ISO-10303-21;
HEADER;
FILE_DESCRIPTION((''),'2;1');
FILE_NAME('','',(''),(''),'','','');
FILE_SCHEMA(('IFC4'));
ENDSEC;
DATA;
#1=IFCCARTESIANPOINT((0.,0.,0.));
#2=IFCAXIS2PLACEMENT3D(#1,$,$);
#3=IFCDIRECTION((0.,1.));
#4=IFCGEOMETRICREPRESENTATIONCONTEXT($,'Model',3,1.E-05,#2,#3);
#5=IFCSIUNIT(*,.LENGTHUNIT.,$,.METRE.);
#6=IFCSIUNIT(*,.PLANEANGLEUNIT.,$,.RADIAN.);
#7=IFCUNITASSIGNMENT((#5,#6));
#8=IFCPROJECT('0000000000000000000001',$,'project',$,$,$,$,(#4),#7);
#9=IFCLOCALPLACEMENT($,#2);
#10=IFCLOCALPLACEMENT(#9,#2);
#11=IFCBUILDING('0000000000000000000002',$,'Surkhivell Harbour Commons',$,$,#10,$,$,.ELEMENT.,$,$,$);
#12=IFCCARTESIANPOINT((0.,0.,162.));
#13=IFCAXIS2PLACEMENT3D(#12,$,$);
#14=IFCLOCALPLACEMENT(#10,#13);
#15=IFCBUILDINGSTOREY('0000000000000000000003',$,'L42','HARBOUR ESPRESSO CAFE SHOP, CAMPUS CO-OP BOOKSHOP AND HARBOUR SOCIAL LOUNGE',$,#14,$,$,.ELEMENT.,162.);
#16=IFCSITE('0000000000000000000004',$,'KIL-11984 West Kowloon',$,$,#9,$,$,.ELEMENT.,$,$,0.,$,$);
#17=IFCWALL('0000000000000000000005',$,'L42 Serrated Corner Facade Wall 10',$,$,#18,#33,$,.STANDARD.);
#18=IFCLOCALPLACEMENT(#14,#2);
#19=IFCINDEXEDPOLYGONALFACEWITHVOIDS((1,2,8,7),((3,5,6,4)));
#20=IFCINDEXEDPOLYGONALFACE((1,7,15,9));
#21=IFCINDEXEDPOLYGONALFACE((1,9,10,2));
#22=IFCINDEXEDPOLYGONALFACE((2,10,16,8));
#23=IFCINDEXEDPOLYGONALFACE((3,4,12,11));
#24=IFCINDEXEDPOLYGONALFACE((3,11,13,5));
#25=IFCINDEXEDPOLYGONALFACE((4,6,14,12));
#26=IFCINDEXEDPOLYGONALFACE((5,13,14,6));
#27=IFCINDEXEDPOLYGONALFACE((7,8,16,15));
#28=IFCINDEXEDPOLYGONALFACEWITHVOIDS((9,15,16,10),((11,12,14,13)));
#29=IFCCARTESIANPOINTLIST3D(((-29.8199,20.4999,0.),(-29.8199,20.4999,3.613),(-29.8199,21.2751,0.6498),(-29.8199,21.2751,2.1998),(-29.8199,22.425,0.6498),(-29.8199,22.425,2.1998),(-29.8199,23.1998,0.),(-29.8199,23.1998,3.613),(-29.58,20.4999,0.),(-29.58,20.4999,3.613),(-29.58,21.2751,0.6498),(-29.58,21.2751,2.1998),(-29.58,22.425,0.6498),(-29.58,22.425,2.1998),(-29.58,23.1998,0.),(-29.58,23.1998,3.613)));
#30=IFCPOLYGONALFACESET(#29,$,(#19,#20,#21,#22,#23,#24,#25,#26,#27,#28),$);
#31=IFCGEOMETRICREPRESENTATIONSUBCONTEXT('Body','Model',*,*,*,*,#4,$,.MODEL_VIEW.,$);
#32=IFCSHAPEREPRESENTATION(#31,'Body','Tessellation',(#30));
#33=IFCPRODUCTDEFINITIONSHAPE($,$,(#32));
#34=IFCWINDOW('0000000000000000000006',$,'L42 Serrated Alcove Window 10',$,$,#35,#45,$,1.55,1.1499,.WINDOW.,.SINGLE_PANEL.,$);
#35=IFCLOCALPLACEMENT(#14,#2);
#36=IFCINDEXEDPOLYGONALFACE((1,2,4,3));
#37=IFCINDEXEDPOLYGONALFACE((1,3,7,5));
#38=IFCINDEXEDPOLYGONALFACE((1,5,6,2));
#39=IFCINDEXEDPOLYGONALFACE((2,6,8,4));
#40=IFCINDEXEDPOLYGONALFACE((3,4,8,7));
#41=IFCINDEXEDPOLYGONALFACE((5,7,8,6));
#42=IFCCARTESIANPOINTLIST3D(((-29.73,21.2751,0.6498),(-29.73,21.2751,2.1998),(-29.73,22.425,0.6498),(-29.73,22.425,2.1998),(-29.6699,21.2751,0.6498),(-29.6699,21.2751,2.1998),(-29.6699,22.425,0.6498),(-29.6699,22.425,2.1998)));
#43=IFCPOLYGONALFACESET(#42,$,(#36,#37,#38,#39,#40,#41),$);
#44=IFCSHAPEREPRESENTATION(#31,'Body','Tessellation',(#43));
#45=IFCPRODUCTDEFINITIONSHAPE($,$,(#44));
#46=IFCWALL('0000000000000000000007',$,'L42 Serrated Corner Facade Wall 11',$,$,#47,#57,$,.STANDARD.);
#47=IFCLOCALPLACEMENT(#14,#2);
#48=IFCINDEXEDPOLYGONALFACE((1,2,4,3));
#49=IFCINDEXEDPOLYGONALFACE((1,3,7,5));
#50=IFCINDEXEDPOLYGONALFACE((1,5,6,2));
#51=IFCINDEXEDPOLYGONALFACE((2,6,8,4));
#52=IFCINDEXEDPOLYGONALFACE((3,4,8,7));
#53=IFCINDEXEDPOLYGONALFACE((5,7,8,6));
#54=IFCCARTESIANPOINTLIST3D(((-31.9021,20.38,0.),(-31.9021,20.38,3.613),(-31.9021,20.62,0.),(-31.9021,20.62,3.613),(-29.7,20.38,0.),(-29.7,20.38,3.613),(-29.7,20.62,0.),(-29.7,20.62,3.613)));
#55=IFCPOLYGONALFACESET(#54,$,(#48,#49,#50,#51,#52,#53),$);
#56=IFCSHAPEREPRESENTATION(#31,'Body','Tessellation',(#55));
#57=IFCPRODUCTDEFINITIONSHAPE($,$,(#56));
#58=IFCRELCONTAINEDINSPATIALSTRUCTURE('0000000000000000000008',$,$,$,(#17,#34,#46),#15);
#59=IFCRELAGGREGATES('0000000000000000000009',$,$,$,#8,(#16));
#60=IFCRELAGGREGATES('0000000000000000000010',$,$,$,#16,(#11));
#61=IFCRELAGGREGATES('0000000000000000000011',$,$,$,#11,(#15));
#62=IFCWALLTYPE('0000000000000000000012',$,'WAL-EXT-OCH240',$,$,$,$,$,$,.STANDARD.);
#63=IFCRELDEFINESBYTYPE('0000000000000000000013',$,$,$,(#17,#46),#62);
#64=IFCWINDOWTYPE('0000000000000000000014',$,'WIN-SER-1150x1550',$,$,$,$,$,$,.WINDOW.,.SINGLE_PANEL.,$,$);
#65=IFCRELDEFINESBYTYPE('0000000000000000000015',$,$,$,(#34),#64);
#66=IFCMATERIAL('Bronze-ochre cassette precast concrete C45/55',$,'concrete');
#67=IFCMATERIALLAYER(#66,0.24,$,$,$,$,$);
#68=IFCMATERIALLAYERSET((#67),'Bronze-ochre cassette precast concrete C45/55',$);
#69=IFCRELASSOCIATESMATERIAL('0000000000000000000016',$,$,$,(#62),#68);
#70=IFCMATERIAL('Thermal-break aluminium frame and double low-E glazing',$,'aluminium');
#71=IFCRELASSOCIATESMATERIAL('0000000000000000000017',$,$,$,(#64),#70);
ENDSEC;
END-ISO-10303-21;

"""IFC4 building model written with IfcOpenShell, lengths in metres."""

from ifc_helpers import new_model, si_unit, direction, frame, frame_2d, origin, place, context, subcontext, project, spatial, rectangle, extrude, material, layer, layer_set, type_object, element, fill, save


model = new_model("IFC4")

# Units and contexts
model_context = context("Model", 3, precision=1e-05, world=origin(), true_north=direction((0.0, 1.0)))
body_context = subcontext(model_context, "Body", "Model", "MODEL_VIEW")
ifc_project = project(units=[si_unit("LENGTHUNIT", "METRE"), si_unit("PLANEANGLEUNIT", "RADIAN")], contexts=[model_context])

# Site, building, storey
site_placement = place(None, origin())
site = spatial("IfcSite", under=ifc_project, at=site_placement, Name="KIL-11984 West Kowloon", CompositionType="ELEMENT", RefElevation=0.0)
building_placement = place(site_placement, origin())
building = spatial("IfcBuilding", under=site, at=building_placement, Name="Surkhivell Harbour Commons", CompositionType="ELEMENT")
storey_placement = place(building_placement, frame((0.0, 0.0, 162.0)))
storey = spatial("IfcBuildingStorey", under=building, at=storey_placement, Name="L42", Description="HARBOUR ESPRESSO CAFE SHOP, CAMPUS CO-OP BOOKSHOP AND HARBOUR SOCIAL LOUNGE", CompositionType="ELEMENT", Elevation=162.0)

# Shared definitions
ifc_material_1 = material(Name="Bronze-ochre cassette precast concrete C45/55", Category="concrete")
ifc_layer_1 = layer(ifc_material_1, 0.24)
ifc_layer_set_1 = layer_set([ifc_layer_1], Name="Bronze-ochre cassette precast concrete C45/55")
wall_type = type_object("IfcWallType", Name="WAL-EXT-OCH240", PredefinedType="STANDARD", material=ifc_layer_set_1)

# Wall, opening, window
wall_1_placement = place(storey_placement, frame((-29.7, 23.2, 0.0), z_axis=(0.0, 0.0, 1.0), x_axis=(0.0, -1.0, 0.0)))
wall_1 = element("IfcWall", 1, at=wall_1_placement, inside=storey, type_object=wall_type, Name="L42 Serrated Corner Facade Wall 10", PredefinedType="STANDARD", context=body_context, shape_type="SweptSolid", body=[
    extrude(rectangle(XDim=2.7, YDim=0.24, at=frame_2d((1.3501, 0.0))), origin(), (0.0, 0.0, 1.0), 3.613),
])
opening_placement = place(wall_1_placement, frame((0.7749, 0.0, 0.6499)))
opening = element("IfcOpeningElement", 2, at=opening_placement, cuts=wall_1, PredefinedType="OPENING", context=body_context, shape_type="SweptSolid", body=[
    extrude(rectangle(XDim=1.1499, YDim=1.55, at=frame_2d((0.575, 0.7749))), frame((0.0, 0.1299, 0.0), z_axis=(0.0, -1.0, 0.0), x_axis=(1.0, 0.0, 0.0)), (0.0, 0.0, 1.0), 0.26),
])
ifc_material_2 = material(Name="Thermal-break aluminium frame and double low-E glazing", Category="aluminium")
window_type = type_object("IfcWindowType", Name="WIN-SER-1150x1550", PartitioningType="SINGLE_PANEL", PredefinedType="WINDOW", material=ifc_material_2)
window_placement = place(opening_placement, origin())
window = element("IfcWindow", 3, at=window_placement, inside=storey, type_object=window_type, Name="L42 Serrated Alcove Window 10", OverallHeight=1.55, OverallWidth=1.1499, PartitioningType="SINGLE_PANEL", PredefinedType="WINDOW", context=body_context, shape_type="SweptSolid", body=[
    extrude(rectangle(XDim=1.1499, YDim=1.55, at=frame_2d((0.575, 0.7749))), frame((0.0, 0.03, 0.0), z_axis=(0.0, -1.0, 0.0), x_axis=(1.0, 0.0, 0.0)), (0.0, 0.0, 1.0), 0.0601),
])
fill(opening, window)

# Wall
wall_2_placement = place(storey_placement, frame((-29.7, 20.5, 0.0), z_axis=(0.0, 0.0, 1.0), x_axis=(-1.0, 0.0, 0.0)))
element("IfcWall", 4, at=wall_2_placement, inside=storey, type_object=wall_type, Name="L42 Serrated Corner Facade Wall 11", PredefinedType="STANDARD", context=body_context, shape_type="SweptSolid", body=[
    extrude(rectangle(XDim=2.2021, YDim=0.24, at=frame_2d((1.1011, 0.0))), origin(), (0.0, 0.0, 1.0), 3.613),
])

save(model, "model.ifc")
